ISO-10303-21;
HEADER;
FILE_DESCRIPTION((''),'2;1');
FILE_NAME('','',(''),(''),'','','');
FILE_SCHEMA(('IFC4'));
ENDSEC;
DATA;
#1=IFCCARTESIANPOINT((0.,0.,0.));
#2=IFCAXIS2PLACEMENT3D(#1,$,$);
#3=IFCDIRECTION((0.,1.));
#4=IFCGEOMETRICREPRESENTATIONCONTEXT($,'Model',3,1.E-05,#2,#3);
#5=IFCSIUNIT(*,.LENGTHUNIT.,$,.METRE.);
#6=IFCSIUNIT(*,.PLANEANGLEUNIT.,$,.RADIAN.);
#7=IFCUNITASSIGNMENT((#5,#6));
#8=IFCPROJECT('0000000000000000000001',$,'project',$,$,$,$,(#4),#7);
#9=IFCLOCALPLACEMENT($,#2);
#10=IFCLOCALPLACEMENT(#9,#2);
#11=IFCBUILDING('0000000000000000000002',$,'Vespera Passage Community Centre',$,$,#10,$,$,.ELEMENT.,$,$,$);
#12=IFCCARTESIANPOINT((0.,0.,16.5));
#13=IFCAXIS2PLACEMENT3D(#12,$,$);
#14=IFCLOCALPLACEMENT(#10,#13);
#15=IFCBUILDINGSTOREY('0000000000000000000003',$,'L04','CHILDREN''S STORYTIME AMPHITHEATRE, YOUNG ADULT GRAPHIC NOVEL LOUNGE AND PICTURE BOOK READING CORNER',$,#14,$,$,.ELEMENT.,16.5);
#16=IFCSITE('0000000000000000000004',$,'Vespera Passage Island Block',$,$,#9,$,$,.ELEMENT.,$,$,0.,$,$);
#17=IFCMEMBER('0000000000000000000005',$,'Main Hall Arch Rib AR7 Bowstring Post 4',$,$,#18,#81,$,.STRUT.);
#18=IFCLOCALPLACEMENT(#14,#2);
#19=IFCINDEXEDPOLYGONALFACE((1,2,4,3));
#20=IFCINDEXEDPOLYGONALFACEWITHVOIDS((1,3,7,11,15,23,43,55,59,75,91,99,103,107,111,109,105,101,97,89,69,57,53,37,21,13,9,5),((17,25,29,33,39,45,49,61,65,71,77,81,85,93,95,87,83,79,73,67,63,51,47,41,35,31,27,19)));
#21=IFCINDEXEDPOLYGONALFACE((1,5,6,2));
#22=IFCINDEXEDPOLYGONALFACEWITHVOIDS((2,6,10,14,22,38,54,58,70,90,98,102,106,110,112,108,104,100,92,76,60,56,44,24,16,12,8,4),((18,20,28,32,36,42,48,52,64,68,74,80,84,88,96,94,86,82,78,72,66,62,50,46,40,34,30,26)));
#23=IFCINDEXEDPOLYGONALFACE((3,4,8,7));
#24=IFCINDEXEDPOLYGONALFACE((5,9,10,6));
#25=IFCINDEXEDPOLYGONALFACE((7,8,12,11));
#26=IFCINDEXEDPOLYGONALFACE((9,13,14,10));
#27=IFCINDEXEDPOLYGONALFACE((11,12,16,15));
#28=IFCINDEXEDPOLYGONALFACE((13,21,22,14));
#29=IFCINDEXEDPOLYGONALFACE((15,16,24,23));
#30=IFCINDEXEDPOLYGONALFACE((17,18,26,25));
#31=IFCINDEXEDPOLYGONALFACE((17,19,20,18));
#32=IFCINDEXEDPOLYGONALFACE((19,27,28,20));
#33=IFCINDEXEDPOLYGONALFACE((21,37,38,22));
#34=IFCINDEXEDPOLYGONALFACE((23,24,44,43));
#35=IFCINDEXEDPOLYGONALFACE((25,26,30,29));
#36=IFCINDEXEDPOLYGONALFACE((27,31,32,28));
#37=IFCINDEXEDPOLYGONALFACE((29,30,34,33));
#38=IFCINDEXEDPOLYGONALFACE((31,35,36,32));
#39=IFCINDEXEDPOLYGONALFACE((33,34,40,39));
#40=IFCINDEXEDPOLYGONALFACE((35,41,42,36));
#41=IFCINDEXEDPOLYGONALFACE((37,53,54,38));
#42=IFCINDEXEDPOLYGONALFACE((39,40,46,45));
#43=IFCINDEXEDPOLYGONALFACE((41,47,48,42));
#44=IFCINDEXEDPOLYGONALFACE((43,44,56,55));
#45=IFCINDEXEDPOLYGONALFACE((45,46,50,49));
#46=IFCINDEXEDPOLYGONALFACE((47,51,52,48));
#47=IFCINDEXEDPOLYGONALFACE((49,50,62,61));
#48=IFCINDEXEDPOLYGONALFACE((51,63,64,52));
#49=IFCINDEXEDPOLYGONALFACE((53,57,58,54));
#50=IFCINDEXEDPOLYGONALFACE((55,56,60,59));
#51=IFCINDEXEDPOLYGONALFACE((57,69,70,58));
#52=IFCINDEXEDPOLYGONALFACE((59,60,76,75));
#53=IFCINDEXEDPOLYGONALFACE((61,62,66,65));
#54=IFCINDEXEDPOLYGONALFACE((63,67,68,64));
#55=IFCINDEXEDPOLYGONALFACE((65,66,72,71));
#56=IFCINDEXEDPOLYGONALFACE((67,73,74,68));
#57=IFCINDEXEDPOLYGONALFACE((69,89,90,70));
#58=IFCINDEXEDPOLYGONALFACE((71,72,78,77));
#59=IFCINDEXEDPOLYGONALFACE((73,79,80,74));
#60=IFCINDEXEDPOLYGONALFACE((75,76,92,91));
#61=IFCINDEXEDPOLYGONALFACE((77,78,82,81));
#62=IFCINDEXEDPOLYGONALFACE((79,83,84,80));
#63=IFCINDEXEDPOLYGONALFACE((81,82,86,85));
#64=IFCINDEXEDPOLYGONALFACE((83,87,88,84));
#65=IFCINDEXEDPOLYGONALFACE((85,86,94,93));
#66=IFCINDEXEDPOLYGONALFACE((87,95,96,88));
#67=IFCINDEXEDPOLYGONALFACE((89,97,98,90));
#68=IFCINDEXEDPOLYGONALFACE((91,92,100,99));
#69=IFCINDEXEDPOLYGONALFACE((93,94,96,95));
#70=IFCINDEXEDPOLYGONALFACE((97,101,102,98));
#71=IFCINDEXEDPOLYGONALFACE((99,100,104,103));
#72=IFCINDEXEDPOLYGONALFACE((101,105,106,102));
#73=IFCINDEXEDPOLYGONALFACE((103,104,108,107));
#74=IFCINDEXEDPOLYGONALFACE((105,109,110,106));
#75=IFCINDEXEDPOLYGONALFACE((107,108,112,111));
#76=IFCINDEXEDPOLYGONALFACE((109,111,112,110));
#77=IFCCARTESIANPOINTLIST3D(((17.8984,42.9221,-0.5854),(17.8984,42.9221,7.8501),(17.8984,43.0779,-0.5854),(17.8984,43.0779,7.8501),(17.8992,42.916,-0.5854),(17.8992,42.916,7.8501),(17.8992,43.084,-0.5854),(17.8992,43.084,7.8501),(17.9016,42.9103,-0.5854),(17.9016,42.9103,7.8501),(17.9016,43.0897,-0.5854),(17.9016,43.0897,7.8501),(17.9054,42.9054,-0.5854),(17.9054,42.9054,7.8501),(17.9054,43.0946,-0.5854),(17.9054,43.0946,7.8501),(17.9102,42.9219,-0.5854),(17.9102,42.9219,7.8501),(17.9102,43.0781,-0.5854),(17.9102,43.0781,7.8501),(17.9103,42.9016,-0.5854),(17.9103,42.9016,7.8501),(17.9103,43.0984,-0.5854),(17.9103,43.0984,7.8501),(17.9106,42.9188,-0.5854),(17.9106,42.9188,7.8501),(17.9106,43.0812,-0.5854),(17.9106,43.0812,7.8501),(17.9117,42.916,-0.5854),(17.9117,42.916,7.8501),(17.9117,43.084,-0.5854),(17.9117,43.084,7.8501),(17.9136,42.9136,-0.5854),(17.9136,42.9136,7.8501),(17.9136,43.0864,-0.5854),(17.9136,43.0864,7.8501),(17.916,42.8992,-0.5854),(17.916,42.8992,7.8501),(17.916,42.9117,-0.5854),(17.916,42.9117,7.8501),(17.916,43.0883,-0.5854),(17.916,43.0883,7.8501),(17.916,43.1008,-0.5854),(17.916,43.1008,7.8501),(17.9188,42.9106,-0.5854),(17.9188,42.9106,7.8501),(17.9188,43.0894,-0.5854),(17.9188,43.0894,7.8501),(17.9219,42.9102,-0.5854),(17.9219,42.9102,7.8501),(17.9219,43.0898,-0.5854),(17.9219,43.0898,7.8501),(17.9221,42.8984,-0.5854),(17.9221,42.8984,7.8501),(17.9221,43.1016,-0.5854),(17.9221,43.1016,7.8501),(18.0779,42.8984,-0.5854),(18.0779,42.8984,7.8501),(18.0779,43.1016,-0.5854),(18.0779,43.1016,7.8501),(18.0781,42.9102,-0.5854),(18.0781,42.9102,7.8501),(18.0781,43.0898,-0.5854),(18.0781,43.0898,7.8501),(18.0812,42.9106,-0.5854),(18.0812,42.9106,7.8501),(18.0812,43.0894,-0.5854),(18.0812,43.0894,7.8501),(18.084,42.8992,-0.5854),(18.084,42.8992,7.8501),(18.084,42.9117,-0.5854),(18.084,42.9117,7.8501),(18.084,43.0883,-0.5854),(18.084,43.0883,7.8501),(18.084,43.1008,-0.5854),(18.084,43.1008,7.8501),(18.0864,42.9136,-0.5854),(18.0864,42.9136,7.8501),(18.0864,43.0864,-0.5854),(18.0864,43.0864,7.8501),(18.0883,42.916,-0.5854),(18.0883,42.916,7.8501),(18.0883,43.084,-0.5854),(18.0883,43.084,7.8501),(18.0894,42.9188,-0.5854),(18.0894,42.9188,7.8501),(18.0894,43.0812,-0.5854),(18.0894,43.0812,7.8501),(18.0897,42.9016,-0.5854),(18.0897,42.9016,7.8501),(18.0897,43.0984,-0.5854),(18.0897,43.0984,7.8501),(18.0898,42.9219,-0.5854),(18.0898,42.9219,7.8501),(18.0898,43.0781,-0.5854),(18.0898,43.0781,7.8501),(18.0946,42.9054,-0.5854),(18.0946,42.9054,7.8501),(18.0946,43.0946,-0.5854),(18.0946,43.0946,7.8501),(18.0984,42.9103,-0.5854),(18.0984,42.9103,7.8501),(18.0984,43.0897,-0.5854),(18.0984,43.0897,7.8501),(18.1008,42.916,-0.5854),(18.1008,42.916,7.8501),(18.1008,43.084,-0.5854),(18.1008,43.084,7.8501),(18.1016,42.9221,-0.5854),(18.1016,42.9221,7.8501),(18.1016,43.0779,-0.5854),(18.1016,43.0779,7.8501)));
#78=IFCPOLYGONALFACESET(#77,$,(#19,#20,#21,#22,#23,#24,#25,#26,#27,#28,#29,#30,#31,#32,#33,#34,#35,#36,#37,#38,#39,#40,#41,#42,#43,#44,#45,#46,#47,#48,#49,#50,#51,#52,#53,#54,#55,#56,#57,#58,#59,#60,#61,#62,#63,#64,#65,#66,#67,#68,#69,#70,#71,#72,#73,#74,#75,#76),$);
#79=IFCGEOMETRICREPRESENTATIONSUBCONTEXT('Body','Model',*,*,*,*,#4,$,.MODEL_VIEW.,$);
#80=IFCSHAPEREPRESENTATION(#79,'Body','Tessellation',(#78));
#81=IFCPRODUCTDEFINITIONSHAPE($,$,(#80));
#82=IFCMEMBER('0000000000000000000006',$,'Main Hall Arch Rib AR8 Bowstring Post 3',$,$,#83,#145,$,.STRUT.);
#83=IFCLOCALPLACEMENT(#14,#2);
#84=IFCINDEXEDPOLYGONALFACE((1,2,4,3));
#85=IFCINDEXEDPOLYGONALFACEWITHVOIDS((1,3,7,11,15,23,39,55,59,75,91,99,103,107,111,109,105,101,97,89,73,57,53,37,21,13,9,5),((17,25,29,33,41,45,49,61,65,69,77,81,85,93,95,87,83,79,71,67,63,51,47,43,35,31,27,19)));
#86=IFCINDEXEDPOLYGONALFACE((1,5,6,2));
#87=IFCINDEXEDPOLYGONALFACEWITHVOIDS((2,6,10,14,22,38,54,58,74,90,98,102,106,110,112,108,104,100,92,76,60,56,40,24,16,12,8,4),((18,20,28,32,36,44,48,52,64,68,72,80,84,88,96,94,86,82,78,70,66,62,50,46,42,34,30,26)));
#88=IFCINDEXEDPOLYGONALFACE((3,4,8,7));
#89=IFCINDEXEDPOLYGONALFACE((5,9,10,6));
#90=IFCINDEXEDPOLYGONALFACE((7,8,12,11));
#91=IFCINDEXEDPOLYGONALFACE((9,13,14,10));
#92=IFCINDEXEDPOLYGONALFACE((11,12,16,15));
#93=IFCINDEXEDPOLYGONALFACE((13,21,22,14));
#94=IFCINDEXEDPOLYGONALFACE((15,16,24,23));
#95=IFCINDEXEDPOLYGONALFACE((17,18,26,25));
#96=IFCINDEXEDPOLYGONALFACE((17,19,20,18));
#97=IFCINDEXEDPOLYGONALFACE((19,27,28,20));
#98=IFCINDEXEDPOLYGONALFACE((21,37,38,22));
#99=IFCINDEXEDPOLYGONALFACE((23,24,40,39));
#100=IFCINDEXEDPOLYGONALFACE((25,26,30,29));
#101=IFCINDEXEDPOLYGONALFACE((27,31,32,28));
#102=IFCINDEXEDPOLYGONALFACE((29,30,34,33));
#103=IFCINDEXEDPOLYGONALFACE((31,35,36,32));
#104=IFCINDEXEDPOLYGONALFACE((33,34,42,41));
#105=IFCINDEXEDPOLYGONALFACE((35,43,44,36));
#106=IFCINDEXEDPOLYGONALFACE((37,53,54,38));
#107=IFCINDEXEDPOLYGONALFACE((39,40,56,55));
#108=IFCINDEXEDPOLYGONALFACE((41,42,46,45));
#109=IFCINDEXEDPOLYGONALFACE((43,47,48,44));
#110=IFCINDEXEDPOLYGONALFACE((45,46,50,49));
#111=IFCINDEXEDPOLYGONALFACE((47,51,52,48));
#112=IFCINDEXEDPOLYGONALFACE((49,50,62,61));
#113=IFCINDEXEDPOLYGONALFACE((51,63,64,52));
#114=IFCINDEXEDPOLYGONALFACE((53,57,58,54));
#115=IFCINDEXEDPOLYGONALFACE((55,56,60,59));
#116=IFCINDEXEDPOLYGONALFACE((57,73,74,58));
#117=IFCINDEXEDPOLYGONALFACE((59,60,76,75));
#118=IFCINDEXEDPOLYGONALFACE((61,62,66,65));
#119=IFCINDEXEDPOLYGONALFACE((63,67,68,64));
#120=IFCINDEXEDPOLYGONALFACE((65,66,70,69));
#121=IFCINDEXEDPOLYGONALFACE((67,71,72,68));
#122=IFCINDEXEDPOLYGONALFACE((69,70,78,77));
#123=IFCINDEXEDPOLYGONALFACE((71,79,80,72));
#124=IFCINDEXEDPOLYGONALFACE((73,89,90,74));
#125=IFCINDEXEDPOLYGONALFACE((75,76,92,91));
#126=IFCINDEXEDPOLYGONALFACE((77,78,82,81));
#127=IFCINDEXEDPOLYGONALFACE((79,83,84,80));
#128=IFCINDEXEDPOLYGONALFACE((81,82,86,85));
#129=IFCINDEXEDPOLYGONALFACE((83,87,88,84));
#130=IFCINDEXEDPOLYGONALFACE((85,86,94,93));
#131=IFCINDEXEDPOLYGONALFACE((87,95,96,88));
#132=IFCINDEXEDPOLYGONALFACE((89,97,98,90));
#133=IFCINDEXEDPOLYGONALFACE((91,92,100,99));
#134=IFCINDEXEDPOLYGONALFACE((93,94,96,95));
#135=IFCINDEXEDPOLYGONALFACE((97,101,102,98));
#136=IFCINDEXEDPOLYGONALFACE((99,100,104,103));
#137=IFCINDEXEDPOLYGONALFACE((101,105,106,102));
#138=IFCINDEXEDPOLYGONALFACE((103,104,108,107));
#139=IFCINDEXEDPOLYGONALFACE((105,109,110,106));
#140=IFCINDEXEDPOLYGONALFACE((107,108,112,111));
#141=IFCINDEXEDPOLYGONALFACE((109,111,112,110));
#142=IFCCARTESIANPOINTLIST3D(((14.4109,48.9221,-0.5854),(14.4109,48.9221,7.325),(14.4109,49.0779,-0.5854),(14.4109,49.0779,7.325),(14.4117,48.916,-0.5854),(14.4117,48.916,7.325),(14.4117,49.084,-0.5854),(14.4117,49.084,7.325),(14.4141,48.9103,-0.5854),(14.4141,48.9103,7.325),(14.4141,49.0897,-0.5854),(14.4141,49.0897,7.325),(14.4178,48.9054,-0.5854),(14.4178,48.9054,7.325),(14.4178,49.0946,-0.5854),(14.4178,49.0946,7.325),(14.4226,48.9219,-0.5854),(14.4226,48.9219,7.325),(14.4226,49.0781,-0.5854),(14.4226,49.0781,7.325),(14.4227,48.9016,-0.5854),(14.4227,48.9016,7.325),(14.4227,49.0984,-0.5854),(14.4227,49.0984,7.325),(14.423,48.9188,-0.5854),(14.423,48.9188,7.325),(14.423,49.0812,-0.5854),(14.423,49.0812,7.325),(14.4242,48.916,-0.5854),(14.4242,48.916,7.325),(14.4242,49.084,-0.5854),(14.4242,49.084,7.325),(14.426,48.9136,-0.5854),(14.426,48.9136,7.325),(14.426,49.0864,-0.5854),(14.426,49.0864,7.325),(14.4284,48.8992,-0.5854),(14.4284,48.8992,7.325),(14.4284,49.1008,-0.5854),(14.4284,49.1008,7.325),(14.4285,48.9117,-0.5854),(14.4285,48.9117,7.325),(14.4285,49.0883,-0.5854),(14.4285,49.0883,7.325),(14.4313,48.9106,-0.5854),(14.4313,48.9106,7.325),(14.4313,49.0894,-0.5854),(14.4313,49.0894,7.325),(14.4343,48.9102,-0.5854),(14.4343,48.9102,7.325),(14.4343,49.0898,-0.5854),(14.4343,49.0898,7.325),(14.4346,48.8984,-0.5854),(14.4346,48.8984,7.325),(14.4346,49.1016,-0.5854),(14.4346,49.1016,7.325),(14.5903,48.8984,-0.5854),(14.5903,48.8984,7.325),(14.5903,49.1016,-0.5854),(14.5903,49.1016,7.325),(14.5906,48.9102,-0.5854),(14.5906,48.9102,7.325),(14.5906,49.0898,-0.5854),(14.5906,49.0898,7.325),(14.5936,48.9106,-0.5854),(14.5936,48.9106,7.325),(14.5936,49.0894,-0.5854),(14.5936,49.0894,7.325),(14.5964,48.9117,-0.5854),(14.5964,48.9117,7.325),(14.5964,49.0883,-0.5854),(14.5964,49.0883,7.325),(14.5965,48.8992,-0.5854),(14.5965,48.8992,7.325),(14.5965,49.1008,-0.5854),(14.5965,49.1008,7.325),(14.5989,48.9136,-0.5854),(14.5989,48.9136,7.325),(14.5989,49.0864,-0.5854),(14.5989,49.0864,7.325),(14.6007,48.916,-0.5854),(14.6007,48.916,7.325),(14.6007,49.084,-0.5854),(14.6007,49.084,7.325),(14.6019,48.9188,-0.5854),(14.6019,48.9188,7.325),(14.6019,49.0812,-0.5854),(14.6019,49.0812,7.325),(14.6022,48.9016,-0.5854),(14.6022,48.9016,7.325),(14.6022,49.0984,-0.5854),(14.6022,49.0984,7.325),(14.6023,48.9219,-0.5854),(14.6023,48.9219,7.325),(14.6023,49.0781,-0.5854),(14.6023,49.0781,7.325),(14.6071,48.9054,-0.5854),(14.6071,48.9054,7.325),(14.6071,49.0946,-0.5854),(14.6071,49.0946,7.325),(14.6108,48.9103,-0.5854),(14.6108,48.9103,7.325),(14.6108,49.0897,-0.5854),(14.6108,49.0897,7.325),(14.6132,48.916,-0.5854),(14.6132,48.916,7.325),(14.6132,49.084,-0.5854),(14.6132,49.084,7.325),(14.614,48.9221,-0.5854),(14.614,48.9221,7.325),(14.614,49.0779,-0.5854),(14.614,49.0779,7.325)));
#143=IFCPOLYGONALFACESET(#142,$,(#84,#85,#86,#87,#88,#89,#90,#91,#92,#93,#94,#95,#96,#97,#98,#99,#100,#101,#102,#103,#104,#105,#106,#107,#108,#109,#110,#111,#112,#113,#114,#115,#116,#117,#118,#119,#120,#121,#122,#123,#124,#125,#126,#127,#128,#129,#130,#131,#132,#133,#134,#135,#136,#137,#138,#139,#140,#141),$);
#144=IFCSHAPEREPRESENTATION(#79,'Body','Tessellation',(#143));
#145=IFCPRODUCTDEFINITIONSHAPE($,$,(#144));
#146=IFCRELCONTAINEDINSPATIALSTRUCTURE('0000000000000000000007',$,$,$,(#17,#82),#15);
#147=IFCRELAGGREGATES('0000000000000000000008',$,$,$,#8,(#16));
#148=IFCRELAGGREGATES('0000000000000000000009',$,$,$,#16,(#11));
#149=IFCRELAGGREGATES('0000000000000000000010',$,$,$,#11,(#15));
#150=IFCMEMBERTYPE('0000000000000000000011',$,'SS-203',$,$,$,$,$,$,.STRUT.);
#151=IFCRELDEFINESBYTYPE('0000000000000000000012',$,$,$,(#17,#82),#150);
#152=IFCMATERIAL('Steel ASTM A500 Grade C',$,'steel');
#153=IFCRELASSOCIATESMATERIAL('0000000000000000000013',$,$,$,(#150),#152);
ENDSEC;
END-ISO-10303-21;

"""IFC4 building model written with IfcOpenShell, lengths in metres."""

from ifc_helpers import new_model, si_unit, direction, frame, origin, origin_2d, place, context, subcontext, project, spatial, hollow_rectangle, extrude, material, material_profile, profile_set, type_object, element, save


model = new_model("IFC4")

# Units and contexts
model_context = context("Model", 3, precision=1e-05, world=origin(), true_north=direction((0.0, 1.0)))
body_context = subcontext(model_context, "Body", "Model", "MODEL_VIEW")
ifc_project = project(units=[si_unit("LENGTHUNIT", "METRE"), si_unit("PLANEANGLEUNIT", "RADIAN")], contexts=[model_context])

# Site, building, storey
site_placement = place(None, origin())
site = spatial("IfcSite", under=ifc_project, at=site_placement, Name="Vespera Passage Island Block", CompositionType="ELEMENT", RefElevation=0.0)
building_placement = place(site_placement, origin())
building = spatial("IfcBuilding", under=site, at=building_placement, Name="Vespera Passage Community Centre", CompositionType="ELEMENT")
storey_placement = place(building_placement, frame((0.0, 0.0, 16.5)))
storey = spatial("IfcBuildingStorey", under=building, at=storey_placement, Name="L04", Description="CHILDREN'S STORYTIME AMPHITHEATRE, YOUNG ADULT GRAPHIC NOVEL LOUNGE AND PICTURE BOOK READING CORNER", CompositionType="ELEMENT", Elevation=16.5)

# Members
ifc_material_1 = material(Name="Steel ASTM A500 Grade C", Category="steel")
ifc_material_profile_1 = material_profile(ifc_material_1, hollow_rectangle(XDim=0.2031, YDim=0.2031, WallThickness=0.0117, InnerFilletRadius=0.0117, OuterFilletRadius=0.0237, at=origin_2d()), Name="HSS203X203X12.7")
ifc_profile_set_1 = profile_set([ifc_material_profile_1], Name="Steel ASTM A500 Grade C")
member_type_1 = type_object("IfcMemberType", Name="SS-203", PredefinedType="STRUT", material=ifc_profile_set_1)
member_1_placement = place(storey_placement, frame((18.0, 43.0, -0.5854), z_axis=(0.0, 0.0, 1.0), x_axis=(1.0, 0.0, 0.0)))
element("IfcMember", 1, at=member_1_placement, inside=storey, type_object=member_type_1, Name="Main Hall Arch Rib AR7 Bowstring Post 4", PredefinedType="STRUT", context=body_context, shape_type="SweptSolid", body=[
    extrude(hollow_rectangle(XDim=0.2031, YDim=0.2031, WallThickness=0.0117, InnerFilletRadius=0.0117, OuterFilletRadius=0.0237, at=origin_2d()), origin(), (0.0, 0.0, 1.0), 8.4355),
])
member_2_placement = place(storey_placement, frame((14.5125, 49.0, -0.5854), z_axis=(0.0, 0.0, 1.0), x_axis=(1.0, 0.0, 0.0)))
element("IfcMember", 2, at=member_2_placement, inside=storey, type_object=member_type_1, Name="Main Hall Arch Rib AR8 Bowstring Post 3", PredefinedType="STRUT", context=body_context, shape_type="SweptSolid", body=[
    extrude(hollow_rectangle(XDim=0.2031, YDim=0.2031, WallThickness=0.0117, InnerFilletRadius=0.0117, OuterFilletRadius=0.0237, at=origin_2d()), origin(), (0.0, 0.0, 1.0), 7.9104),
])

save(model, "model.ifc")
